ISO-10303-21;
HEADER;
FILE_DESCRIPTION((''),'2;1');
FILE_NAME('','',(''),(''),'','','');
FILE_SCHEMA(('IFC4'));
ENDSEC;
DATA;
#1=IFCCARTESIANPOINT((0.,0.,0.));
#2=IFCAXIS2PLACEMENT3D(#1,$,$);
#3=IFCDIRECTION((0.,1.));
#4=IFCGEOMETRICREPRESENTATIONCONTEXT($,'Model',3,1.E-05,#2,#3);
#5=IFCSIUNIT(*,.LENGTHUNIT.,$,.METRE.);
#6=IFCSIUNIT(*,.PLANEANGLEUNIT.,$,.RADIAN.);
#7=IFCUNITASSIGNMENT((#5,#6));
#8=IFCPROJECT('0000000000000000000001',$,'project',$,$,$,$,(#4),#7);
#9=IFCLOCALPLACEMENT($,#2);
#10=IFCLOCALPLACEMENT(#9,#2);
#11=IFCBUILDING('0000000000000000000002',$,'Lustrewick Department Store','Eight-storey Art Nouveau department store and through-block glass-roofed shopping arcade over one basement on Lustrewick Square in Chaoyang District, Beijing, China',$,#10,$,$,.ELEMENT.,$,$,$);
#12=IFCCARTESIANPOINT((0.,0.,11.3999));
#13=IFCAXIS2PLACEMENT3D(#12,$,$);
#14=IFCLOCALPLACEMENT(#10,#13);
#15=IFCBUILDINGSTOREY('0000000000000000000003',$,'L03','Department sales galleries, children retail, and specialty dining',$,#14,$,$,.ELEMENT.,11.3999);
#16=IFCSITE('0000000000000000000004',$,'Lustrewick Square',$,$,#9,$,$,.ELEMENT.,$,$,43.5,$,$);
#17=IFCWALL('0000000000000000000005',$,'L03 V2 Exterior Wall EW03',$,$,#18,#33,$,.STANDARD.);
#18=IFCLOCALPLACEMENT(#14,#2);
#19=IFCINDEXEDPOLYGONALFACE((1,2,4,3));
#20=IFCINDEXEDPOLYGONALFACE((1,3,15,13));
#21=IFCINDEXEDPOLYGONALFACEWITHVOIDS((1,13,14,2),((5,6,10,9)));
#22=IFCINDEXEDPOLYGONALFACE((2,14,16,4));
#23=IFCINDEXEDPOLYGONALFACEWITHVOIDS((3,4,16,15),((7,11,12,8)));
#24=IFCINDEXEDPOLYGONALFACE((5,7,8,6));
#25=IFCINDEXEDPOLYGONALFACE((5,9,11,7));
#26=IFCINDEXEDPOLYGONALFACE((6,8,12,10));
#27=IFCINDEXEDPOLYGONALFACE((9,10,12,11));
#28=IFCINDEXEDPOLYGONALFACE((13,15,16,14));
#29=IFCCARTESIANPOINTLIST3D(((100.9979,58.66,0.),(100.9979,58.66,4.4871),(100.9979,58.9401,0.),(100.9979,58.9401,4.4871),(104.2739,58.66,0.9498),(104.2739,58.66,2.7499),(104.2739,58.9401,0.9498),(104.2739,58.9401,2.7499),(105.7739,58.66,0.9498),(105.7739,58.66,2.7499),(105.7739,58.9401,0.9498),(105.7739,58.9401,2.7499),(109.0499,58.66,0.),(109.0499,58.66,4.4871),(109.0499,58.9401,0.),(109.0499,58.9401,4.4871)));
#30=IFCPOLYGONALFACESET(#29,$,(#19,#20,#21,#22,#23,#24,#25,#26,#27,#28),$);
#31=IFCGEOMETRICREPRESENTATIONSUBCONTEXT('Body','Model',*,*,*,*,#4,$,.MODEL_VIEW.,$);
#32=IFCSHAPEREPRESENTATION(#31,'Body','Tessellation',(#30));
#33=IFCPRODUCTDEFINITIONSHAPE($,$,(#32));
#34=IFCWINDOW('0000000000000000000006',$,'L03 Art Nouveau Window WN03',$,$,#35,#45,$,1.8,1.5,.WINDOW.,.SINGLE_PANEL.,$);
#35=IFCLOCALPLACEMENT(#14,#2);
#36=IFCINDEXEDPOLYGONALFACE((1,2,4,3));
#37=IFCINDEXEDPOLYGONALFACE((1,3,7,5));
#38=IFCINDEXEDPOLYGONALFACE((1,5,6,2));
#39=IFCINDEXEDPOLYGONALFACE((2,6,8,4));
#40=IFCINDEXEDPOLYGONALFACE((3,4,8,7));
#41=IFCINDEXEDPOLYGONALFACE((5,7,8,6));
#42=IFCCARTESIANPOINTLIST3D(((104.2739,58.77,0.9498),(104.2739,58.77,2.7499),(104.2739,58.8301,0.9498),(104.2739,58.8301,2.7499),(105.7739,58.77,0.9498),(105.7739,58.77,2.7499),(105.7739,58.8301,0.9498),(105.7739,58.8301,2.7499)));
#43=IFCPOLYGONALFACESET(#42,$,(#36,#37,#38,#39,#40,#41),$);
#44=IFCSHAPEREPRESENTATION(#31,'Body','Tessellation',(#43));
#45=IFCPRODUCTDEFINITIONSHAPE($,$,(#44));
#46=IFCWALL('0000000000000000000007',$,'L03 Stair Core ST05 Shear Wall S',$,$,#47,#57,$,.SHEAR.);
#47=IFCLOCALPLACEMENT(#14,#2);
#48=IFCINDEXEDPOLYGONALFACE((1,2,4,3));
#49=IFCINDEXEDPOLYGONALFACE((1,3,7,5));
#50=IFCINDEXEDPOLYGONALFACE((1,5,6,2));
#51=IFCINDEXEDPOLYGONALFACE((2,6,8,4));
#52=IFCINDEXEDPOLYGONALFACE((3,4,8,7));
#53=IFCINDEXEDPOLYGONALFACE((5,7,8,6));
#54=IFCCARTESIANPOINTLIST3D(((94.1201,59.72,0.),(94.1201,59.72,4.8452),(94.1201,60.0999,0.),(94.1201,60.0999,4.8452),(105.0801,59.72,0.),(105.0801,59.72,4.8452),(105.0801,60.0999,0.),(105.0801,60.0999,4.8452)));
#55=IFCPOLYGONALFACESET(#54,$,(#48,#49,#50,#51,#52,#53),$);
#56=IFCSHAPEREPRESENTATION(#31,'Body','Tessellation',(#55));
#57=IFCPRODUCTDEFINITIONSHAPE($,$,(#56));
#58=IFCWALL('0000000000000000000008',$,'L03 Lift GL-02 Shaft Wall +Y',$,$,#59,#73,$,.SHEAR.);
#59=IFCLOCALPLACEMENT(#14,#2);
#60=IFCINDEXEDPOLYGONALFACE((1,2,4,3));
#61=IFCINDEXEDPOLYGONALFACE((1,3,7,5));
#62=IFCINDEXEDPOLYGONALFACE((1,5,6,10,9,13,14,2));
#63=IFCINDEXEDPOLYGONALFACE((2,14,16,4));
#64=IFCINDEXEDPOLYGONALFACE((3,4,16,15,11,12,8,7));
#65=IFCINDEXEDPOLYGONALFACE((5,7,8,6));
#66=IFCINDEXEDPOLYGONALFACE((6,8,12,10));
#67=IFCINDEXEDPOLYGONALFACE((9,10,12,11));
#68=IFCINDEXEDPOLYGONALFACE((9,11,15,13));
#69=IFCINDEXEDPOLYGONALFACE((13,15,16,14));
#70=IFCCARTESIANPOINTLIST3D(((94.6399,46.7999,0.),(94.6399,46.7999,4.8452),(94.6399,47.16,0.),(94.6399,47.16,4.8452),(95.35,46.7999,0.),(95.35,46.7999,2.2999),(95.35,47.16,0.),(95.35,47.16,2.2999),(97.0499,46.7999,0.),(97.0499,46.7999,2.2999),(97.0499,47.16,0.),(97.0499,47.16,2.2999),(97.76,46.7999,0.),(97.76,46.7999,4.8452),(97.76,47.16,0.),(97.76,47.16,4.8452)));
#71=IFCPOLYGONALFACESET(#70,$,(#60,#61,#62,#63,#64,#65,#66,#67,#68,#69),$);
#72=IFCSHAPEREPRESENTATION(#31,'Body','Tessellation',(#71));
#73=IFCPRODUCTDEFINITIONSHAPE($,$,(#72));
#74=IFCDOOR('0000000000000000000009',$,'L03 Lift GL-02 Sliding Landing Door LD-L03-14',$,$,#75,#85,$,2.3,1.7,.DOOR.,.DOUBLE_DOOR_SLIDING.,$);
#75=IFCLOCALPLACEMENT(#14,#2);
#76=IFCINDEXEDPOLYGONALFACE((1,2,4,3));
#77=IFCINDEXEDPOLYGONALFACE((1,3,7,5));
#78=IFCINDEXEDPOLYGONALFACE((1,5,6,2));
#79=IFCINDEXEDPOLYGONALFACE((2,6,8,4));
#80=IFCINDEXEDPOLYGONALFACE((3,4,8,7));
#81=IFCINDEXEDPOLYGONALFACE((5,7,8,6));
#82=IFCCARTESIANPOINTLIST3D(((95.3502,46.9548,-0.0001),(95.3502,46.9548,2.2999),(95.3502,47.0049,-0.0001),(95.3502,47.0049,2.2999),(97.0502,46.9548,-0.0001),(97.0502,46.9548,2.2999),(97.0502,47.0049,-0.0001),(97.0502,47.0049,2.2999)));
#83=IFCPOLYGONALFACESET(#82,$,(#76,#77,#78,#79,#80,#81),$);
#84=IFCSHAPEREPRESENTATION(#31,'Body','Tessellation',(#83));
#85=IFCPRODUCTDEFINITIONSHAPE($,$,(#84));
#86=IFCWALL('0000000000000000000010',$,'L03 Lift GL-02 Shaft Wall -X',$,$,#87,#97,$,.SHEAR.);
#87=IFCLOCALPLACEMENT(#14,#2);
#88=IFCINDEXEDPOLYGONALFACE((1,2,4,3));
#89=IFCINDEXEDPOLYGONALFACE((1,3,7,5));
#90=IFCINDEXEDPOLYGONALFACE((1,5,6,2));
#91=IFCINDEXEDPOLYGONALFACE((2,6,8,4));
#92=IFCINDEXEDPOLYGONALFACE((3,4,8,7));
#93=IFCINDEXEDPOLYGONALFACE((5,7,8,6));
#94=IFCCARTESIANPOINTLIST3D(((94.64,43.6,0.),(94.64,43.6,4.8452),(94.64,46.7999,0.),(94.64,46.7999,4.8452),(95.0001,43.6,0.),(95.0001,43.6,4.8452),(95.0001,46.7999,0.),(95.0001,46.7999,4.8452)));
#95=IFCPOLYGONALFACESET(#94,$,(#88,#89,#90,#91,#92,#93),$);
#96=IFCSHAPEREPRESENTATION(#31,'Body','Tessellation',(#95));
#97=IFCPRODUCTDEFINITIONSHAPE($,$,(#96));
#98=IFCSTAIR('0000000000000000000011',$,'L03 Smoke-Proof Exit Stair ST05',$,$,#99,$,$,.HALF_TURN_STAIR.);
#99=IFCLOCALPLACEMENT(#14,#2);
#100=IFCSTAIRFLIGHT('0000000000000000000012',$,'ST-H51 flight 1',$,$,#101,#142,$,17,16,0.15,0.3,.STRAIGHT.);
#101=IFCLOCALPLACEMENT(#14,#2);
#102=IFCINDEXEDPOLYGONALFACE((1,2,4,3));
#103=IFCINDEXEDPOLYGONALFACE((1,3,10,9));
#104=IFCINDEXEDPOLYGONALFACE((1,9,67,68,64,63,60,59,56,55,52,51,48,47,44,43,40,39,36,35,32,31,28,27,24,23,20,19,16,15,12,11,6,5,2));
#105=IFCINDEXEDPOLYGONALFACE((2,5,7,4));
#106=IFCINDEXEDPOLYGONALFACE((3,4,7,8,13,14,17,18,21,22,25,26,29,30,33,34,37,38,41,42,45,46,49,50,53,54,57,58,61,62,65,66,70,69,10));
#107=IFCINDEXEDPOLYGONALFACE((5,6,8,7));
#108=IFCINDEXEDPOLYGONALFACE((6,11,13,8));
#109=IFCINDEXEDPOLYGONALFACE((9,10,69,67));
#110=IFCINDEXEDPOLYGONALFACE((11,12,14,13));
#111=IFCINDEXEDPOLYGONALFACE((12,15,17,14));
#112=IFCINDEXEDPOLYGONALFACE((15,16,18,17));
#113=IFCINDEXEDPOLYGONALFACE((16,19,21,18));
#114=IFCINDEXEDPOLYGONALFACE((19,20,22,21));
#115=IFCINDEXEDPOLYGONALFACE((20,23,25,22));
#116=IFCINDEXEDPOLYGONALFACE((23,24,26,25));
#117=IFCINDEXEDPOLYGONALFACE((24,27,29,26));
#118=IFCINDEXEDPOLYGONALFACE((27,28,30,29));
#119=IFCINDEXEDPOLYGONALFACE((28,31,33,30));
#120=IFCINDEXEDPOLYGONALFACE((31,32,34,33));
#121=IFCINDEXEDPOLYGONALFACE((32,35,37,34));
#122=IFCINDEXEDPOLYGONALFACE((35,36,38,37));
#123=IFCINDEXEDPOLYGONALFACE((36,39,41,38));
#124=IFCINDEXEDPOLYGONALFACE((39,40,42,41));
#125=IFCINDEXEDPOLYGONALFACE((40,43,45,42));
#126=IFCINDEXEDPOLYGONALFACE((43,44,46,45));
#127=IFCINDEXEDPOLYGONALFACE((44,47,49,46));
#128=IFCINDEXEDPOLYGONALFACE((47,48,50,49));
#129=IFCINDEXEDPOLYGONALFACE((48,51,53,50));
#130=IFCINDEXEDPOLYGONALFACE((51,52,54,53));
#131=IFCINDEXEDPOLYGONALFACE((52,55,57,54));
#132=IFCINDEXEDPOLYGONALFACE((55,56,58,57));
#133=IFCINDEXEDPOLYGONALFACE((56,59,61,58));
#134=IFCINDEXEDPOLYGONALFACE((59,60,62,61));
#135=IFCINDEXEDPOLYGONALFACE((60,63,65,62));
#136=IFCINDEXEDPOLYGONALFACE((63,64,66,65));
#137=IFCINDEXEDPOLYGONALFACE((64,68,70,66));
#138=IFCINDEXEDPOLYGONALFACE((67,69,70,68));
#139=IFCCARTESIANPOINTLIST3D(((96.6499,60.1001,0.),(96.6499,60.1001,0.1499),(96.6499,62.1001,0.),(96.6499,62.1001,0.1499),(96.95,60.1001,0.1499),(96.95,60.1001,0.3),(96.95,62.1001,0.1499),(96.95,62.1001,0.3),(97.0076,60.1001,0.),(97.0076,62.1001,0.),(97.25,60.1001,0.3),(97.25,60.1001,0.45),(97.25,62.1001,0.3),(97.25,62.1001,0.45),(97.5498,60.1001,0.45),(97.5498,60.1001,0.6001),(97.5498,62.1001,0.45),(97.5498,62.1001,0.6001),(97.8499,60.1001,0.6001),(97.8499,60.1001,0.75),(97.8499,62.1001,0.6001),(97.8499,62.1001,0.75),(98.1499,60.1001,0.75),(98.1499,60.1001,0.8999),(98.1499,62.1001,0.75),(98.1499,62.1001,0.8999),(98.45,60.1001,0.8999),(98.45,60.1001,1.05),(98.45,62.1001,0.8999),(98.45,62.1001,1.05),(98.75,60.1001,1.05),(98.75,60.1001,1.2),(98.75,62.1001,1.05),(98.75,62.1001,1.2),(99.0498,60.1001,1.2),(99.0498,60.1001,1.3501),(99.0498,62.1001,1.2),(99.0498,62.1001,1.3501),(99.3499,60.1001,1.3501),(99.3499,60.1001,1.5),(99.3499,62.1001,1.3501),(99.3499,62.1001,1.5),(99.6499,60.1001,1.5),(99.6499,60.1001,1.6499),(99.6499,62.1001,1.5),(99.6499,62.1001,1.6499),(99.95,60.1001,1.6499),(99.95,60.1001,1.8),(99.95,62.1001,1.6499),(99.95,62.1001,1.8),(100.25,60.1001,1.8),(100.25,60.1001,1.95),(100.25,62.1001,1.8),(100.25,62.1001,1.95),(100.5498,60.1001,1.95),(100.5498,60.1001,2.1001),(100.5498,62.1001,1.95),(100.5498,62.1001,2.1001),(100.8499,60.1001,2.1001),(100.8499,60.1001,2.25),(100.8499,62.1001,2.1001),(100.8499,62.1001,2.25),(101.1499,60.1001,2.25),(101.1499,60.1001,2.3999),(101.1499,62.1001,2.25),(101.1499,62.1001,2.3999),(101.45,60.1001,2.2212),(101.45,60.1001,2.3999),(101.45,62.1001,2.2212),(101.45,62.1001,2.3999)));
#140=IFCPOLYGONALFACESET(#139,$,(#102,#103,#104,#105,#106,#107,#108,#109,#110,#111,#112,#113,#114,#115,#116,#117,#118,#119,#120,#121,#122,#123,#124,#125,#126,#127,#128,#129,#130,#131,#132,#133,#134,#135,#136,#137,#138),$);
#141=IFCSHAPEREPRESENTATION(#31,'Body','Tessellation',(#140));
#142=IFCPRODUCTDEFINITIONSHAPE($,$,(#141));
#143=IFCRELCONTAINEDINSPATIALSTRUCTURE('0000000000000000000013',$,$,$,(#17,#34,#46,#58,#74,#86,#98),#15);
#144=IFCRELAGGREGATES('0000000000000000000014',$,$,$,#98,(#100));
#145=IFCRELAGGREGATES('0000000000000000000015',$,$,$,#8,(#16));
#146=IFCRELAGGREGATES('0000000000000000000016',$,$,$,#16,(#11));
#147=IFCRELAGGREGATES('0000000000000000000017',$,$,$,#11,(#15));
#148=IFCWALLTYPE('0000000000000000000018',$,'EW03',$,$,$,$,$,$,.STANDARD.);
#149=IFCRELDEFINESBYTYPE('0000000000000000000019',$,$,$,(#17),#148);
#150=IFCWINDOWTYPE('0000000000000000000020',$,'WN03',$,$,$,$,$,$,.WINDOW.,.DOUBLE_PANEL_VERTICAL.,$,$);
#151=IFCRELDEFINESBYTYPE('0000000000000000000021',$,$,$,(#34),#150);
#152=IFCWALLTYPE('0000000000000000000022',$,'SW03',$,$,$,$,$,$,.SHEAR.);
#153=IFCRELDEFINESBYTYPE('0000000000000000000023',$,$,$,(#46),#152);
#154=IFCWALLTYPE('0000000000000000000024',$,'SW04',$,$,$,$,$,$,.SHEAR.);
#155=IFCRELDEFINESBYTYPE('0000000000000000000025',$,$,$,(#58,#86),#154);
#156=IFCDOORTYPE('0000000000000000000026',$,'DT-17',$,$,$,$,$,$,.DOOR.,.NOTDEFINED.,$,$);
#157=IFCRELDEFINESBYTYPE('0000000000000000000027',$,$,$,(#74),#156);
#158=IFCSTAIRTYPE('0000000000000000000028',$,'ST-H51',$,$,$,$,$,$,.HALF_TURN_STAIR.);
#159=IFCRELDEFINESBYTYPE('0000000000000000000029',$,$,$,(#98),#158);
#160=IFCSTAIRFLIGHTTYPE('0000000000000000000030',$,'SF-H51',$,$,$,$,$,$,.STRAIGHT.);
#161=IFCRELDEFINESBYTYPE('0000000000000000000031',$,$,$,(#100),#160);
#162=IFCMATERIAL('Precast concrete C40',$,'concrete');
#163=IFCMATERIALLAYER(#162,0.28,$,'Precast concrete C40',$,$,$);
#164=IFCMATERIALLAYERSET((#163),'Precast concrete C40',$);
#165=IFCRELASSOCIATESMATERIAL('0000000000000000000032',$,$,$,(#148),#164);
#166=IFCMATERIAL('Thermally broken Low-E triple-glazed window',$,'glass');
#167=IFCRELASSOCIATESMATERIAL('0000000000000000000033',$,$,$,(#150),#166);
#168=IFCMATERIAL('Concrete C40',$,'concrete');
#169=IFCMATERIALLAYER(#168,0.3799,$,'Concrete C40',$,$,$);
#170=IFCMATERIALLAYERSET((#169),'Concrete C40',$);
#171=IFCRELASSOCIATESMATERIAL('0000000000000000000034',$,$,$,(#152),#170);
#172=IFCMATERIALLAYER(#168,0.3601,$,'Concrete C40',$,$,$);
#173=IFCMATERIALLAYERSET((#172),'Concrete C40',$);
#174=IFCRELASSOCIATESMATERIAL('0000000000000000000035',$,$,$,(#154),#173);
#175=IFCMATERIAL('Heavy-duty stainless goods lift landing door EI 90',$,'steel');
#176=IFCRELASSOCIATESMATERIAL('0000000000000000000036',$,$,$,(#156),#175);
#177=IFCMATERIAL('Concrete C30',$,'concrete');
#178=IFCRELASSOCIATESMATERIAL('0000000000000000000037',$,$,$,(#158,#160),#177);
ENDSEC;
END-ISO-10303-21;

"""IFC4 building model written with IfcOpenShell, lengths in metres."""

from ifc_helpers import new_model, si_unit, direction, frame, frame_2d, origin, place, context, subcontext, project, spatial, polyline, rectangle, outline, extrude, material, layer, layer_set, type_object, element, fill, aggregate, save


model = new_model("IFC4")

# Units and contexts
model_context = context("Model", 3, precision=1e-05, world=origin(), true_north=direction((0.0, 1.0)))
body_context = subcontext(model_context, "Body", "Model", "MODEL_VIEW")
ifc_project = project(units=[si_unit("LENGTHUNIT", "METRE"), si_unit("PLANEANGLEUNIT", "RADIAN")], contexts=[model_context])

# Site, building, storey
site_placement = place(None, origin())
site = spatial("IfcSite", under=ifc_project, at=site_placement, Name="Lustrewick Square", CompositionType="ELEMENT", RefElevation=43.5)
building_placement = place(site_placement, origin())
building = spatial("IfcBuilding", under=site, at=building_placement, Name="Lustrewick Department Store", Description="Eight-storey Art Nouveau department store and through-block glass-roofed shopping arcade over one basement on Lustrewick Square in Chaoyang District, Beijing, China", CompositionType="ELEMENT")
storey_placement = place(building_placement, frame((0.0, 0.0, 11.3999)))
storey = spatial("IfcBuildingStorey", under=building, at=storey_placement, Name="L03", Description="Department sales galleries, children retail, and specialty dining", CompositionType="ELEMENT", Elevation=11.3999)

# Wall, opening, window
ifc_material_1 = material(Name="Precast concrete C40", Category="concrete")
ifc_layer_1 = layer(ifc_material_1, 0.28, Name="Precast concrete C40")
ifc_layer_set_1 = layer_set([ifc_layer_1], Name="Precast concrete C40")
wall_type_1 = type_object("IfcWallType", Name="EW03", PredefinedType="STANDARD", material=ifc_layer_set_1)
ifc_material_2 = material(Name="Thermally broken Low-E triple-glazed window", Category="glass")
wall_1_placement = place(storey_placement, frame((100.998, 58.8, 0.0), z_axis=(0.0, 0.0, 1.0), x_axis=(1.0, 0.0, 0.0)))
wall_1 = element("IfcWall", 1, at=wall_1_placement, inside=storey, type_object=wall_type_1, Name="L03 V2 Exterior Wall EW03", PredefinedType="STANDARD", context=body_context, shape_type="SweptSolid", body=[
    extrude(rectangle(XDim=8.052, YDim=0.28, at=frame_2d((4.0259, 0.0))), origin(), (0.0, 0.0, 1.0), 4.4871),
])
opening_1_placement = place(wall_1_placement, frame((3.2759, 0.0, 0.95)))
opening_1 = element("IfcOpeningElement", 2, at=opening_1_placement, cuts=wall_1, PredefinedType="OPENING", context=body_context, shape_type="SweptSolid", body=[
    extrude(rectangle(XDim=1.5, YDim=1.8, at=frame_2d((0.75, 0.8999))), frame((0.0, 0.1499, 0.0), z_axis=(0.0, -1.0, 0.0), x_axis=(1.0, 0.0, 0.0)), (0.0, 0.0, 1.0), 0.3),
])
window_type_1 = type_object("IfcWindowType", Name="WN03", PartitioningType="DOUBLE_PANEL_VERTICAL", PredefinedType="WINDOW", material=ifc_material_2)
window_1_placement = place(opening_1_placement, origin())
window_1 = element("IfcWindow", 3, at=window_1_placement, inside=storey, type_object=window_type_1, Name="L03 Art Nouveau Window WN03", OverallHeight=1.8, OverallWidth=1.5, PartitioningType="SINGLE_PANEL", PredefinedType="WINDOW", context=body_context, shape_type="SweptSolid", body=[
    extrude(rectangle(XDim=1.5, YDim=1.8, at=frame_2d((0.75, 0.8999))), frame((0.0, 0.03, 0.0), z_axis=(0.0, -1.0, 0.0), x_axis=(1.0, 0.0, 0.0)), (0.0, 0.0, 1.0), 0.0601),
])
fill(opening_1, window_1)

# Wall
ifc_material_3 = material(Name="Concrete C40", Category="concrete")
ifc_layer_2 = layer(ifc_material_3, 0.3799, Name="Concrete C40")
ifc_layer_set_2 = layer_set([ifc_layer_2], Name="Concrete C40")
wall_type_2 = type_object("IfcWallType", Name="SW03", PredefinedType="SHEAR", material=ifc_layer_set_2)
wall_2_placement = place(storey_placement, frame((94.1201, 59.9099, 0.0), z_axis=(0.0, 0.0, 1.0), x_axis=(1.0, 0.0, 0.0)))
element("IfcWall", 4, at=wall_2_placement, inside=storey, type_object=wall_type_2, Name="L03 Stair Core ST05 Shear Wall S", PredefinedType="SHEAR", context=body_context, shape_type="SweptSolid", body=[
    extrude(rectangle(XDim=10.96, YDim=0.3799, at=frame_2d((5.48, 0.0))), origin(), (0.0, 0.0, 1.0), 4.8452),
])

# Wall, opening, door
ifc_layer_3 = layer(ifc_material_3, 0.3601, Name="Concrete C40")
ifc_layer_set_3 = layer_set([ifc_layer_3], Name="Concrete C40")
wall_type_3 = type_object("IfcWallType", Name="SW04", PredefinedType="SHEAR", material=ifc_layer_set_3)
wall_3_placement = place(storey_placement, frame((97.76, 46.98, 0.0), z_axis=(0.0, 0.0, 1.0), x_axis=(-1.0, 0.0, 0.0)))
wall_3 = element("IfcWall", 5, at=wall_3_placement, inside=storey, type_object=wall_type_3, Name="L03 Lift GL-02 Shaft Wall +Y", PredefinedType="SHEAR", context=body_context, shape_type="SweptSolid", body=[
    extrude(rectangle(XDim=3.1201, YDim=0.3601, at=frame_2d((1.5601, 0.0))), origin(), (0.0, 0.0, 1.0), 4.8452),
])
opening_2_placement = place(wall_3_placement, frame((0.71, 0.0, 0.0)))
opening_2 = element("IfcOpeningElement", 6, at=opening_2_placement, cuts=wall_3, PredefinedType="OPENING", context=body_context, shape_type="SweptSolid", body=[
    extrude(rectangle(XDim=1.7, YDim=2.3, at=frame_2d((0.8501, 1.1499))), frame((0.0, 0.1899, 0.0), z_axis=(0.0, -1.0, 0.0), x_axis=(1.0, 0.0, 0.0)), (0.0, 0.0, 1.0), 0.3801),
])
ifc_material_4 = material(Name="Heavy-duty stainless goods lift landing door EI 90", Category="steel")
door_type = type_object("IfcDoorType", Name="DT-17", OperationType="NOTDEFINED", PredefinedType="DOOR", material=ifc_material_4)
door_placement = place(opening_2_placement, frame((1.7, 0.0, 0.0), z_axis=(0.0, 0.0, 1.0), x_axis=(-1.0, 0.0, 0.0)))
door = element("IfcDoor", 7, at=door_placement, inside=storey, type_object=door_type, Name="L03 Lift GL-02 Sliding Landing Door LD-L03-14", OperationType="DOUBLE_DOOR_SLIDING", OverallHeight=2.3, OverallWidth=1.7, PredefinedType="DOOR", context=body_context, shape_type="SweptSolid", body=[
    extrude(rectangle(XDim=1.7, YDim=2.3, at=frame_2d((0.8501, 1.1499))), frame((0.0, 0.0249, 0.0), z_axis=(0.0, -1.0, 0.0), x_axis=(1.0, 0.0, 0.0)), (0.0, 0.0, 1.0), 0.05),
])
fill(opening_2, door)

# Wall
wall_4_placement = place(storey_placement, frame((94.8201, 46.8, 0.0), z_axis=(0.0, 0.0, 1.0), x_axis=(0.0, -1.0, 0.0)))
element("IfcWall", 8, at=wall_4_placement, inside=storey, type_object=wall_type_3, Name="L03 Lift GL-02 Shaft Wall -X", PredefinedType="SHEAR", context=body_context, shape_type="SweptSolid", body=[
    extrude(rectangle(XDim=3.2, YDim=0.3601, at=frame_2d((1.6001, 0.0))), origin(), (0.0, 0.0, 1.0), 4.8452),
])

# Stair, stair flight
ifc_material_5 = material(Name="Concrete C30", Category="concrete")
stair_type = type_object("IfcStairType", Name="ST-H51", PredefinedType="HALF_TURN_STAIR", material=ifc_material_5)
stair_placement = place(storey_placement, origin())
stair = element("IfcStair", 9, at=stair_placement, inside=storey, type_object=stair_type, Name="L03 Smoke-Proof Exit Stair ST05", PredefinedType="HALF_TURN_STAIR")
stair_flight_type = type_object("IfcStairFlightType", Name="SF-H51", PredefinedType="STRAIGHT", material=ifc_material_5)
stair_flight_placement = place(storey_placement, frame((96.6499, 61.1001, 0.0), z_axis=(0.0, 0.0, 1.0), x_axis=(1.0, 0.0, 0.0)))
stair_flight = element("IfcStairFlight", 10, at=stair_flight_placement, type_object=stair_flight_type, Name="ST-H51 flight 1", NumberOfRisers=17, NumberOfTreads=16, PredefinedType="STRAIGHT", RiserHeight=0.15, TreadLength=0.3, context=body_context, shape_type="SweptSolid", body=[
    extrude(outline(polyline([(0.0, 0.0), (0.0, 0.1499), (0.3, 0.1499), (0.3, 0.3), (0.6001, 0.3), (0.6001, 0.45), (0.8999, 0.45), (0.8999, 0.6001), (1.2, 0.6001), (1.2, 0.75), (1.5, 0.75), (1.5, 0.8999), (1.8, 0.8999), (1.8, 1.05), (2.1001, 1.05), (2.1001, 1.2), (2.3999, 1.2), (2.3999, 1.3501), (2.7, 1.3501), (2.7, 1.5), (3.0, 1.5), (3.0, 1.6499), (3.3, 1.6499), (3.3, 1.8), (3.6001, 1.8), (3.6001, 1.95), (3.8999, 1.95), (3.8999, 2.1001), (4.2, 2.1001), (4.2, 2.25), (4.5, 2.25), (4.5, 2.3999), (4.8, 2.3999), (4.8, 2.55), (4.8, 2.2212), (0.3577, 0.0), (0.0, 0.0)])), frame((0.0, 1.0, 0.0), z_axis=(0.0, -1.0, 0.0), x_axis=(1.0, 0.0, 0.0)), (0.0, 0.0, 1.0), 2.0),
])
aggregate(stair, [stair_flight])

save(model, "model.ifc")
